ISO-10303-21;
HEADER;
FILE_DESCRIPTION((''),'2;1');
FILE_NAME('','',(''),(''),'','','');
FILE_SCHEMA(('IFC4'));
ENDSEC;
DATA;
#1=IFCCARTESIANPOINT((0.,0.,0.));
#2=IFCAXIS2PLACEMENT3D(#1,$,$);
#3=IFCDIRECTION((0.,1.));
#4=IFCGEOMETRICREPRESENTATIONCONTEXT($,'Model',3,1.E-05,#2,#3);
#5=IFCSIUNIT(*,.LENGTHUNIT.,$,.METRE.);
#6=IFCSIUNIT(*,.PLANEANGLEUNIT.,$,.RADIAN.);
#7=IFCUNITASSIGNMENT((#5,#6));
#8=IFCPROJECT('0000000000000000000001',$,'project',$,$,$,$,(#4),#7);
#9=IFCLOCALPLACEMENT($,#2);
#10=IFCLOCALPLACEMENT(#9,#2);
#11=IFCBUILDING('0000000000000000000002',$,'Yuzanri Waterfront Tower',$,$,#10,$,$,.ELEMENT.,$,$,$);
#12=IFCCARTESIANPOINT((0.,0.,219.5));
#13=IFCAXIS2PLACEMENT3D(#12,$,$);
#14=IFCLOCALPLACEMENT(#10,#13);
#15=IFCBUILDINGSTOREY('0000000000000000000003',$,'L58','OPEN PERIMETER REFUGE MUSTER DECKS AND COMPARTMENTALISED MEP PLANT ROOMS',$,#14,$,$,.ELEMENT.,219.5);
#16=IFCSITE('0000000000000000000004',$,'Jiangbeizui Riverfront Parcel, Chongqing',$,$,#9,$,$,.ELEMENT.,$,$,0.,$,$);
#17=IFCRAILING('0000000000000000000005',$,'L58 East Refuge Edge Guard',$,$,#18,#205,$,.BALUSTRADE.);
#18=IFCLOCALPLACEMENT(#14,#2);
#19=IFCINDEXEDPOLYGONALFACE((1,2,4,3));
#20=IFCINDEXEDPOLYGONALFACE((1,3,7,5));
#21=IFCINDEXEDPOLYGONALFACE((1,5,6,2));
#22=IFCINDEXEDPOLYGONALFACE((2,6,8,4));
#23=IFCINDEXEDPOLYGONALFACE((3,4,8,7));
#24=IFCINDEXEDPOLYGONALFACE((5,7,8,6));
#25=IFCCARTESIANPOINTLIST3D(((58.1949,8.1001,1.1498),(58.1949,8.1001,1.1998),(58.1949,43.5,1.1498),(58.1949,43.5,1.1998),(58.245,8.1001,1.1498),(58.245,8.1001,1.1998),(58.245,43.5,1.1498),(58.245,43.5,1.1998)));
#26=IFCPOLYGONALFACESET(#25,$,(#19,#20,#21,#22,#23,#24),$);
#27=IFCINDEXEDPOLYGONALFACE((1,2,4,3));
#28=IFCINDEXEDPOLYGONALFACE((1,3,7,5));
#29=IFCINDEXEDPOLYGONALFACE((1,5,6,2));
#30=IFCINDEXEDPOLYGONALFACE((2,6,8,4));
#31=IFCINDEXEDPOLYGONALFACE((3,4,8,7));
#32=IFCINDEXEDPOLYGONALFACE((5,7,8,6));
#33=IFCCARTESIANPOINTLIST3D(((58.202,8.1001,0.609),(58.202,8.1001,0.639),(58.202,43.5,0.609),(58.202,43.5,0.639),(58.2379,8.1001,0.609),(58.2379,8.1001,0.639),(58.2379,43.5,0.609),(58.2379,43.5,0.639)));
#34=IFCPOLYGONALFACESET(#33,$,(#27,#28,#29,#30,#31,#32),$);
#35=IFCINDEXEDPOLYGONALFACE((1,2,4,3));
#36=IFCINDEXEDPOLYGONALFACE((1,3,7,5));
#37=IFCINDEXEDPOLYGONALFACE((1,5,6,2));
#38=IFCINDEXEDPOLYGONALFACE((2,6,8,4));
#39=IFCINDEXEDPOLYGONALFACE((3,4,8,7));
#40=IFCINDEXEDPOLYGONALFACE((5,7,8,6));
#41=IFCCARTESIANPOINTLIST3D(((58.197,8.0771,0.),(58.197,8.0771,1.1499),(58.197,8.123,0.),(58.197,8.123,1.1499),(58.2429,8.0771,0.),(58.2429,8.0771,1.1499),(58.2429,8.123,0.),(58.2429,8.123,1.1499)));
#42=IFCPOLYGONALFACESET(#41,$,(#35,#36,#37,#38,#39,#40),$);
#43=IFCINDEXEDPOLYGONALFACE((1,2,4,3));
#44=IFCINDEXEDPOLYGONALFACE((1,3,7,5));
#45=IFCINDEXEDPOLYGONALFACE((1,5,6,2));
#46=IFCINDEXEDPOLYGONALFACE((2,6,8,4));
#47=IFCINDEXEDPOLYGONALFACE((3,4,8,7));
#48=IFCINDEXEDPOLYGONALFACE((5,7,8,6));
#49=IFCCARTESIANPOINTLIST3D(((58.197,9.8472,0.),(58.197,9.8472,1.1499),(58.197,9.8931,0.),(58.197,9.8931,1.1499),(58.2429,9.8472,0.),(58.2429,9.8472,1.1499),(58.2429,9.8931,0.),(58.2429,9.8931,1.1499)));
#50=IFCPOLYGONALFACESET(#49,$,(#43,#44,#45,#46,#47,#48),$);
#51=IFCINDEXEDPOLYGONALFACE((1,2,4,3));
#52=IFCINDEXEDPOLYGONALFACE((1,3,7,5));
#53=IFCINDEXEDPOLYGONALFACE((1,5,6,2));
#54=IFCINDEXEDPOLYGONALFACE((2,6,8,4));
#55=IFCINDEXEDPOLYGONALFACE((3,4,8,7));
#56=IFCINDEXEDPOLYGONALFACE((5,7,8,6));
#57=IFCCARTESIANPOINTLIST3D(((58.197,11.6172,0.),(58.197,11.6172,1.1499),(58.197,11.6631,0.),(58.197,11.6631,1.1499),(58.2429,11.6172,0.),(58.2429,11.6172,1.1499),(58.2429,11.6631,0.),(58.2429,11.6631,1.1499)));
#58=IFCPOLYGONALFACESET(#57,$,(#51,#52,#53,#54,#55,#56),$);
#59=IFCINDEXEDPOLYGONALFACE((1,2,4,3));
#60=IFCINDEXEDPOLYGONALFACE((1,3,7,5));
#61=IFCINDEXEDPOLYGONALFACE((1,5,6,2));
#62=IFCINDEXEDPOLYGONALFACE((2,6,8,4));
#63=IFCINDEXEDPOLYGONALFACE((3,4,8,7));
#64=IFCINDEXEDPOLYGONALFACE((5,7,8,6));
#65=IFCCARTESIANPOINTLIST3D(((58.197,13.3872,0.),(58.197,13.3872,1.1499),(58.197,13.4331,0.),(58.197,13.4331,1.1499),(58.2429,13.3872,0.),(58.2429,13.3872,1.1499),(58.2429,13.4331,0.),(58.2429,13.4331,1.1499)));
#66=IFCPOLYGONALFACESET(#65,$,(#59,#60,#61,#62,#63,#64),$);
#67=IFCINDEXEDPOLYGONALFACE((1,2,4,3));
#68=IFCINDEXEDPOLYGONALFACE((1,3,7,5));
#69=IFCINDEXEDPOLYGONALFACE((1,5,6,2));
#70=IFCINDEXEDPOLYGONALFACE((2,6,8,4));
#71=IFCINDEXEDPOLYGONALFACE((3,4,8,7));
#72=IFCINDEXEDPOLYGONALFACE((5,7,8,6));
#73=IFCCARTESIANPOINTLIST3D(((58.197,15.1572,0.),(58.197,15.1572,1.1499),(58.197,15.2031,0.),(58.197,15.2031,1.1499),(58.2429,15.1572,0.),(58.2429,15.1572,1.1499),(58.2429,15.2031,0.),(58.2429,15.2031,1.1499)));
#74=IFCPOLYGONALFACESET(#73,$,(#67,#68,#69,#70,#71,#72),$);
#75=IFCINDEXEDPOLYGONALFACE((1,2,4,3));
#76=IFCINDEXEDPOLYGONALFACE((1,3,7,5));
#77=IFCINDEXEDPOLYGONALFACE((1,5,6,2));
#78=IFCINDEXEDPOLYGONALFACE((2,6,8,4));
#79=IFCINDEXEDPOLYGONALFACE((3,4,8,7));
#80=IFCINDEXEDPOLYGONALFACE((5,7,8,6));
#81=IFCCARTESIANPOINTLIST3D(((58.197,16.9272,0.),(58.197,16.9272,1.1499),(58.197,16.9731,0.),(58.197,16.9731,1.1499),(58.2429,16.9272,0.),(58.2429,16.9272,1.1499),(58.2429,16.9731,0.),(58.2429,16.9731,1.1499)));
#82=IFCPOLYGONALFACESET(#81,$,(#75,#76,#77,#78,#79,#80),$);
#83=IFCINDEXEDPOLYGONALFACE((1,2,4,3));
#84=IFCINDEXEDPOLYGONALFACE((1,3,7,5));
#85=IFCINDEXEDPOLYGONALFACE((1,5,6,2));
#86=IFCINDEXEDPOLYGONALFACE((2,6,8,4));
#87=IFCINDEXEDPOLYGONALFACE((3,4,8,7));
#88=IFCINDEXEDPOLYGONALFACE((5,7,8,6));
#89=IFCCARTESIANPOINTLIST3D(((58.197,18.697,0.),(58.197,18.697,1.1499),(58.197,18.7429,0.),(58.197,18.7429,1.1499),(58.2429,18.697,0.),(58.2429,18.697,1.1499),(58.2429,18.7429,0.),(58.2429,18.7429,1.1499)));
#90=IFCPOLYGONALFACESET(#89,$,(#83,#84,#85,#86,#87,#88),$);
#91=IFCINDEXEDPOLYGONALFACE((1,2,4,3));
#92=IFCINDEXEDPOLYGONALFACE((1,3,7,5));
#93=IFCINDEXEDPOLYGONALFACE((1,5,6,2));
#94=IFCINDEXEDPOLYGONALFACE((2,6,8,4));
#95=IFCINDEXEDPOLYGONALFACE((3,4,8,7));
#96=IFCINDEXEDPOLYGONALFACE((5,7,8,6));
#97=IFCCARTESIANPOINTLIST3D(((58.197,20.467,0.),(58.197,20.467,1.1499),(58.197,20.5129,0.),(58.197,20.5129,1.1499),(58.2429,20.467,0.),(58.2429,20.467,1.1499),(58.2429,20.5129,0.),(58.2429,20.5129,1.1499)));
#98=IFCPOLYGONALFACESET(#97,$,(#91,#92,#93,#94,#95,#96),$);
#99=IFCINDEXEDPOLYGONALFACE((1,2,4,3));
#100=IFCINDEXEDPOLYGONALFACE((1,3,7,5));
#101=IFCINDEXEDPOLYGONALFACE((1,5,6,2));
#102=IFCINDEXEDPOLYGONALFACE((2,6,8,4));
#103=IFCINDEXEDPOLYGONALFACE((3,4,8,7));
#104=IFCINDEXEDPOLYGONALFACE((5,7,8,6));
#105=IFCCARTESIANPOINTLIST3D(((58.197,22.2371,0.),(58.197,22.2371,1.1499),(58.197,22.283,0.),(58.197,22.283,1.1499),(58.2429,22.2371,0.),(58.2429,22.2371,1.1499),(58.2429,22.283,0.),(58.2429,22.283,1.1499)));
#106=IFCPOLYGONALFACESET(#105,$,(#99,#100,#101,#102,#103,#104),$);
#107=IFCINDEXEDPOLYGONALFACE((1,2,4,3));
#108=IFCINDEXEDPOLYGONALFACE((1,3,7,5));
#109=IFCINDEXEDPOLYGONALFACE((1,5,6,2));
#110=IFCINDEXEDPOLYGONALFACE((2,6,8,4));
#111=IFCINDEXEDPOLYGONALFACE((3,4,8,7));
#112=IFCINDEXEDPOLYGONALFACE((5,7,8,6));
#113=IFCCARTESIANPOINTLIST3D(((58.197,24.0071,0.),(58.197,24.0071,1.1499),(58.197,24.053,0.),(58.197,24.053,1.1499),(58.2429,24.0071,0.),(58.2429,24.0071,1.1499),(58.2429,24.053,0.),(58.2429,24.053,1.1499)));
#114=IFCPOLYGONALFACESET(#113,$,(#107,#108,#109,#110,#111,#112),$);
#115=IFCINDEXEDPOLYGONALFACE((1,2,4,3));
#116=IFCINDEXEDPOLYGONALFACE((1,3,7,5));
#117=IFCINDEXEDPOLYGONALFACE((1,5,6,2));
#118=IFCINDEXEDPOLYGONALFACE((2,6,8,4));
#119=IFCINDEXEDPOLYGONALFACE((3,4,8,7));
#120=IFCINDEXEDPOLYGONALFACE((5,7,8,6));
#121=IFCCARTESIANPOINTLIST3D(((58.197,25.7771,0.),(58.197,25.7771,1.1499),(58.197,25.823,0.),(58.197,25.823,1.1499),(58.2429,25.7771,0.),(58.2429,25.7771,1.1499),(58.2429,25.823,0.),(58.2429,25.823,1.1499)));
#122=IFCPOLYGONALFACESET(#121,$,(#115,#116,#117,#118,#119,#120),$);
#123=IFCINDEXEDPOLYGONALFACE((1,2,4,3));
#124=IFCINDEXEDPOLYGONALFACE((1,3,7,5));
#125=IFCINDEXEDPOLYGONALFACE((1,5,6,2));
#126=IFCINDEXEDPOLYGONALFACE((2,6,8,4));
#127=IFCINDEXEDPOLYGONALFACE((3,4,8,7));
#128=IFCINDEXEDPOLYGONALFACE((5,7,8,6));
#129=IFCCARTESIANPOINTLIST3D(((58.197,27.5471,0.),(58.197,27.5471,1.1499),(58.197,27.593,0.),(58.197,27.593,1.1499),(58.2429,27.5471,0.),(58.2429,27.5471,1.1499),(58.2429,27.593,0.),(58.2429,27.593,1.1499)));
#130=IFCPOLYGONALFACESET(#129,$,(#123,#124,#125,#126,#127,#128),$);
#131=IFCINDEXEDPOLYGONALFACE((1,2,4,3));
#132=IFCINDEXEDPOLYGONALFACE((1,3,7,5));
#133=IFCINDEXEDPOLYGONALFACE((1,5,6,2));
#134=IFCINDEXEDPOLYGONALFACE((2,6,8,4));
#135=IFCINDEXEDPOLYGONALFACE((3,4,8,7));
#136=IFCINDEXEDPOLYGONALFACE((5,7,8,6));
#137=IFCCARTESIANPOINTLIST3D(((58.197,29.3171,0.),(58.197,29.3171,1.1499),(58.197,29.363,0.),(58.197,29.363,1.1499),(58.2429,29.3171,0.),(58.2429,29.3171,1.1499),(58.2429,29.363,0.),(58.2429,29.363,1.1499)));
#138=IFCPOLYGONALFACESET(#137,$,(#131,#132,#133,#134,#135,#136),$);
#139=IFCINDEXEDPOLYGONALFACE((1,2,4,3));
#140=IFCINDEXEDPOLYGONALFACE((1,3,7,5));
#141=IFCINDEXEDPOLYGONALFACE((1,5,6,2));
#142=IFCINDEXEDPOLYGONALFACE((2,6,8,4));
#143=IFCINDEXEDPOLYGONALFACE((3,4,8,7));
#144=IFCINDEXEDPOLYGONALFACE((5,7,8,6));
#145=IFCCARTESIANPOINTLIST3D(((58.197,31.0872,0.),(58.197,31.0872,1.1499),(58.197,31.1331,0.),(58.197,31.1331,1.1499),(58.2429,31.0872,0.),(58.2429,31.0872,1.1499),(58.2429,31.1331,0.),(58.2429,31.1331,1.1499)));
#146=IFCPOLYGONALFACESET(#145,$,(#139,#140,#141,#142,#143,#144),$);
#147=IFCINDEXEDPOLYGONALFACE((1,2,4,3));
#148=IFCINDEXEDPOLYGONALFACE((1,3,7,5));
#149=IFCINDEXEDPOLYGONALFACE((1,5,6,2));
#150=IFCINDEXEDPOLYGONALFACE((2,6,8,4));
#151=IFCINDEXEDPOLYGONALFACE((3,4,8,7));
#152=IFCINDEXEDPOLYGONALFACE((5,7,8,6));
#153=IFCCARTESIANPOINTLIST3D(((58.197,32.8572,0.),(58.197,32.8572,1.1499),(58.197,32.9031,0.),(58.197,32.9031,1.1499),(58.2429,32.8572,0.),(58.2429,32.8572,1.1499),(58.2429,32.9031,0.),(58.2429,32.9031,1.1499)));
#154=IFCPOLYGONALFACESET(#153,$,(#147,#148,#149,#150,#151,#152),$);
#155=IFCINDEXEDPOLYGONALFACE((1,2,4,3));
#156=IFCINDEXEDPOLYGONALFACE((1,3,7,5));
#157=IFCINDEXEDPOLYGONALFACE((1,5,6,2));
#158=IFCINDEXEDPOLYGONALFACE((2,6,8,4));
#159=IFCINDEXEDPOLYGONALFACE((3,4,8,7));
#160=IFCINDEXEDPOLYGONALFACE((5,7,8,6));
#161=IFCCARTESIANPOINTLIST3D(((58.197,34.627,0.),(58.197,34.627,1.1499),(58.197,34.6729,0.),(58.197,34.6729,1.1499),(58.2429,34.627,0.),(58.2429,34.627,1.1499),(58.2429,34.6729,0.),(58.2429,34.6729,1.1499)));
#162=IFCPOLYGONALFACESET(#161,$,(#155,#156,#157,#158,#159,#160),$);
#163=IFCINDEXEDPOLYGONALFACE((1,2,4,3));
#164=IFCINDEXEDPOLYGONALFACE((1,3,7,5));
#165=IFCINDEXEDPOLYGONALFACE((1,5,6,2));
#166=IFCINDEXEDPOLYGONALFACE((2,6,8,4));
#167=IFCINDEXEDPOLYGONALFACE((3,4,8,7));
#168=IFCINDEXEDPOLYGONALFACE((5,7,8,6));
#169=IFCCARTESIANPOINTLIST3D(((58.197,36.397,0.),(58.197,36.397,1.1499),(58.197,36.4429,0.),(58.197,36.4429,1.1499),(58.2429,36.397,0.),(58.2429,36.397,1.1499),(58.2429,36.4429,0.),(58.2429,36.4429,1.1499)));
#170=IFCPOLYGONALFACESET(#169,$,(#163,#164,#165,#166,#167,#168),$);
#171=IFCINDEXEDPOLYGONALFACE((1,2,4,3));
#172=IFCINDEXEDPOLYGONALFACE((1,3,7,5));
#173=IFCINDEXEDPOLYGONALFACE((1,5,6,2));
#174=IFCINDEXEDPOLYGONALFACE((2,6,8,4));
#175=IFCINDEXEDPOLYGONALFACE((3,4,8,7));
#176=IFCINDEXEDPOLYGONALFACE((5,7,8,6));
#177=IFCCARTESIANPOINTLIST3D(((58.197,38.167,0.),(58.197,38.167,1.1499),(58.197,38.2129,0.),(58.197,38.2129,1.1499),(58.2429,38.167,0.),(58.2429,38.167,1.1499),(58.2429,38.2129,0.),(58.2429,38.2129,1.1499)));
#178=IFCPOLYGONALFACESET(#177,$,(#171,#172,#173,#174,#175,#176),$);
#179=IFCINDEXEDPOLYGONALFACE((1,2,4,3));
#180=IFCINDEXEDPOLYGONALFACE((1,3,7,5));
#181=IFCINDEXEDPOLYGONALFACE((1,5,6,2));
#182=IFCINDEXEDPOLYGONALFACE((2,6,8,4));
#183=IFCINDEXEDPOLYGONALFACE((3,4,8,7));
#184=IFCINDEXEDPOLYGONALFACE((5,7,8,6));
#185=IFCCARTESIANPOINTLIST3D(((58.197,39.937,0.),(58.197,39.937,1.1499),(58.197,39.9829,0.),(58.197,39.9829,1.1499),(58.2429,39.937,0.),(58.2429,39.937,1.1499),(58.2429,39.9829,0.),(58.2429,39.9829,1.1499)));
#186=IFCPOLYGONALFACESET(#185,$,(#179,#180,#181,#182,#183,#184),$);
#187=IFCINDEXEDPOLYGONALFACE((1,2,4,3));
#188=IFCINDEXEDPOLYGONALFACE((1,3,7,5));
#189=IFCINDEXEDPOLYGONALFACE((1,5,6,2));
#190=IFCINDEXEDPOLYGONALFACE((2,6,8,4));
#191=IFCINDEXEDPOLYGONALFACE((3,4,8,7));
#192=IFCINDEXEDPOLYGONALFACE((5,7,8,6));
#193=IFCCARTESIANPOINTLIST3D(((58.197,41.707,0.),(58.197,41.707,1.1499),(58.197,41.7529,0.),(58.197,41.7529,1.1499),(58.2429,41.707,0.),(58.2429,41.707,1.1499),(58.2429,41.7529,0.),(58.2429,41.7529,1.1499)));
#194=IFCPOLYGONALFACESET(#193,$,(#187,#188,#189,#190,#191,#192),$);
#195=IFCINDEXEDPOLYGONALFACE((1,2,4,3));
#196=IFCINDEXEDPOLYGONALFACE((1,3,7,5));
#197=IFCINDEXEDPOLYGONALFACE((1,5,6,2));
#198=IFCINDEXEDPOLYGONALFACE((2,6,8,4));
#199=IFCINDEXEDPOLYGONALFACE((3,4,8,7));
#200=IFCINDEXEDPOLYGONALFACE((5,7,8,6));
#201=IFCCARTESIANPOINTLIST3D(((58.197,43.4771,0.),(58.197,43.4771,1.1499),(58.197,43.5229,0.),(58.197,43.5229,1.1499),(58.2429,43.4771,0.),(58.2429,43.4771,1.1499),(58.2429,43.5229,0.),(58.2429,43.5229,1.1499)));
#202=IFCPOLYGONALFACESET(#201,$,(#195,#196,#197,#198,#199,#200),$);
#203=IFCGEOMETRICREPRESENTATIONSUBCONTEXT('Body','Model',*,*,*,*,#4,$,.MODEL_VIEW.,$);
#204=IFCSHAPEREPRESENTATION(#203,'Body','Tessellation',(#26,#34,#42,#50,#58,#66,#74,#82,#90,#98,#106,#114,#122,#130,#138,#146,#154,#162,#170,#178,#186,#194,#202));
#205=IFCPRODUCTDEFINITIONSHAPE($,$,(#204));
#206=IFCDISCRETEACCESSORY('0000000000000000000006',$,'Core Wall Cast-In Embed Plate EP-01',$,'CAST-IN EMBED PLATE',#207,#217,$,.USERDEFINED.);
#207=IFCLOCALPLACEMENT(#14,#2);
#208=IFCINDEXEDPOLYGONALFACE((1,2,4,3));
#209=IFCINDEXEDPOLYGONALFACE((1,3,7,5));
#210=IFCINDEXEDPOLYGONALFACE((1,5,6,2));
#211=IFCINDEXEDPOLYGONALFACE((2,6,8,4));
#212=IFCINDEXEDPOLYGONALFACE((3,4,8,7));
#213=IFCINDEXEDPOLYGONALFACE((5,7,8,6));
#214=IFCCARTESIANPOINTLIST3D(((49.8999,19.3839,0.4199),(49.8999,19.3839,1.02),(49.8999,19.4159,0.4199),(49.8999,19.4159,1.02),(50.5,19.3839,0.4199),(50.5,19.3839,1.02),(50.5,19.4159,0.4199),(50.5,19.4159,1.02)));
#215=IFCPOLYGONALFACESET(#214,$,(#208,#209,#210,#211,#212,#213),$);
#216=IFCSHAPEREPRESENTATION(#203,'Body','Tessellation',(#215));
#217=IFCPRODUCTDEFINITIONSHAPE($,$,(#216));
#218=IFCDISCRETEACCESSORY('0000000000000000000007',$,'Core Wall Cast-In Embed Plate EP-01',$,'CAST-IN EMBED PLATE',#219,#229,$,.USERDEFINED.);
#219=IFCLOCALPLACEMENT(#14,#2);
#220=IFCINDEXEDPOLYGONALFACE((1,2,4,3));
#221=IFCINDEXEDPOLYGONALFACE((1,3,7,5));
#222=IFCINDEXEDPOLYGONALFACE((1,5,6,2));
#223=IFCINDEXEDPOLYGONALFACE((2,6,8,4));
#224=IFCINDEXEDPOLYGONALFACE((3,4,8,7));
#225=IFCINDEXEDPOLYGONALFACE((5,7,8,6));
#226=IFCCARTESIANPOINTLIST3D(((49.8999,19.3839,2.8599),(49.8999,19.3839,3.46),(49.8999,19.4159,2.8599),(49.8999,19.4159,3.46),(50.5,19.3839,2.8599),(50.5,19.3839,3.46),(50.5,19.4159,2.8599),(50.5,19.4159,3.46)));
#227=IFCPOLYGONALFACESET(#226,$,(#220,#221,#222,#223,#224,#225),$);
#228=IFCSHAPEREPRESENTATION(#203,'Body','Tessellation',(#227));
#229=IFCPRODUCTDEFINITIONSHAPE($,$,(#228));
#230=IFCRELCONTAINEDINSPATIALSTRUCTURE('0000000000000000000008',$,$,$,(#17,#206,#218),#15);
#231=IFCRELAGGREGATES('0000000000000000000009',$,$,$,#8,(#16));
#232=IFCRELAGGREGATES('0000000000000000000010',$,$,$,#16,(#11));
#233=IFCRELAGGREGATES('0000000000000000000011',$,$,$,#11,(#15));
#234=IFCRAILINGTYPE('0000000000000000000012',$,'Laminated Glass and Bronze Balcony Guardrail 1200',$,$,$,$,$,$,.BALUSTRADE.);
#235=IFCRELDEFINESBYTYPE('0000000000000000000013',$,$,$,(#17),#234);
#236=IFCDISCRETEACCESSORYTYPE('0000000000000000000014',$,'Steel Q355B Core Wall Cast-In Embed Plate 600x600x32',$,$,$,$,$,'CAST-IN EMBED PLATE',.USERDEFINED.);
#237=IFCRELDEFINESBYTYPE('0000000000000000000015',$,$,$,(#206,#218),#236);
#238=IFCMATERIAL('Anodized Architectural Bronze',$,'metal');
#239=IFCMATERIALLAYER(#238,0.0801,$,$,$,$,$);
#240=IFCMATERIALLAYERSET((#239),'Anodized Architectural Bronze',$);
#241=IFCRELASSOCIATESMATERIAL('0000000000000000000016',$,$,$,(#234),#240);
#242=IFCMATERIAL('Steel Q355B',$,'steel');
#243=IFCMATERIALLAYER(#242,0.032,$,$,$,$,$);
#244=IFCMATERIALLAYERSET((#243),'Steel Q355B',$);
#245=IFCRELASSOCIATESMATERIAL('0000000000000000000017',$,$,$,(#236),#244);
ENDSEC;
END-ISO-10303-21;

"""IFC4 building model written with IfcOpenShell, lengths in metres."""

from ifc_helpers import new_model, si_unit, direction, frame, origin, origin_2d, place, context, subcontext, project, spatial, rectangle, extrude, source, transform, mapped, material, layer, layer_set, type_object, element, save


model = new_model("IFC4")

# Units and contexts
model_context = context("Model", 3, precision=1e-05, world=origin(), true_north=direction((0.0, 1.0)))
body_context = subcontext(model_context, "Body", "Model", "MODEL_VIEW")
ifc_project = project(units=[si_unit("LENGTHUNIT", "METRE"), si_unit("PLANEANGLEUNIT", "RADIAN")], contexts=[model_context])

# Site, building, storey
site_placement = place(None, origin())
site = spatial("IfcSite", under=ifc_project, at=site_placement, Name="Jiangbeizui Riverfront Parcel, Chongqing", CompositionType="ELEMENT", RefElevation=0.0)
building_placement = place(site_placement, origin())
building = spatial("IfcBuilding", under=site, at=building_placement, Name="Yuzanri Waterfront Tower", CompositionType="ELEMENT")
storey_placement = place(building_placement, frame((0.0, 0.0, 219.5)))
storey = spatial("IfcBuildingStorey", under=building, at=storey_placement, Name="L58", Description="OPEN PERIMETER REFUGE MUSTER DECKS AND COMPARTMENTALISED MEP PLANT ROOMS", CompositionType="ELEMENT", Elevation=219.5)

# Railing
ifc_material_1 = material(Name="Anodized Architectural Bronze", Category="metal")
ifc_layer_1 = layer(ifc_material_1, 0.0801)
ifc_layer_set_1 = layer_set([ifc_layer_1], Name="Anodized Architectural Bronze")
railing_type = type_object("IfcRailingType", Name="Laminated Glass and Bronze Balcony Guardrail 1200", PredefinedType="BALUSTRADE", material=ifc_layer_set_1)
shared_shape_1 = source(origin(), body_context, "Body", "SweptSolid", [
    extrude(rectangle(XDim=0.05, YDim=0.05, at=origin_2d()), frame((0.0, 0.0, 1.1748), z_axis=(0.0, 1.0, 0.0), x_axis=(-1.0, 0.0, 0.0)), (0.0, 0.0, 1.0), 35.3999),
    extrude(rectangle(XDim=0.0359, YDim=0.03, at=origin_2d()), frame((0.0, 0.0, 0.624), z_axis=(0.0, 1.0, 0.0), x_axis=(-1.0, 0.0, 0.0)), (0.0, 0.0, 1.0), 35.3999),
    extrude(rectangle(XDim=0.0459, YDim=0.0459, at=origin_2d()), origin(), (0.0, 0.0, 1.0), 1.1499),
    extrude(rectangle(XDim=0.0459, YDim=0.0459, at=origin_2d()), frame((0.0, 1.77, 0.0)), (0.0, 0.0, 1.0), 1.1499),
    extrude(rectangle(XDim=0.0459, YDim=0.0459, at=origin_2d()), frame((0.0, 3.54, 0.0)), (0.0, 0.0, 1.0), 1.1499),
    extrude(rectangle(XDim=0.0459, YDim=0.0459, at=origin_2d()), frame((0.0, 5.3101, 0.0)), (0.0, 0.0, 1.0), 1.1499),
    extrude(rectangle(XDim=0.0459, YDim=0.0459, at=origin_2d()), frame((0.0, 7.0801, 0.0)), (0.0, 0.0, 1.0), 1.1499),
    extrude(rectangle(XDim=0.0459, YDim=0.0459, at=origin_2d()), frame((0.0, 8.8501, 0.0)), (0.0, 0.0, 1.0), 1.1499),
    extrude(rectangle(XDim=0.0459, YDim=0.0459, at=origin_2d()), frame((0.0, 10.6199, 0.0)), (0.0, 0.0, 1.0), 1.1499),
    extrude(rectangle(XDim=0.0459, YDim=0.0459, at=origin_2d()), frame((0.0, 12.3899, 0.0)), (0.0, 0.0, 1.0), 1.1499),
    extrude(rectangle(XDim=0.0459, YDim=0.0459, at=origin_2d()), frame((0.0, 14.1599, 0.0)), (0.0, 0.0, 1.0), 1.1499),
    extrude(rectangle(XDim=0.0459, YDim=0.0459, at=origin_2d()), frame((0.0, 15.9299, 0.0)), (0.0, 0.0, 1.0), 1.1499),
    extrude(rectangle(XDim=0.0459, YDim=0.0459, at=origin_2d()), frame((0.0, 17.7, 0.0)), (0.0, 0.0, 1.0), 1.1499),
    extrude(rectangle(XDim=0.0459, YDim=0.0459, at=origin_2d()), frame((0.0, 19.47, 0.0)), (0.0, 0.0, 1.0), 1.1499),
    extrude(rectangle(XDim=0.0459, YDim=0.0459, at=origin_2d()), frame((0.0, 21.24, 0.0)), (0.0, 0.0, 1.0), 1.1499),
    extrude(rectangle(XDim=0.0459, YDim=0.0459, at=origin_2d()), frame((0.0, 23.01, 0.0)), (0.0, 0.0, 1.0), 1.1499),
    extrude(rectangle(XDim=0.0459, YDim=0.0459, at=origin_2d()), frame((0.0, 24.78, 0.0)), (0.0, 0.0, 1.0), 1.1499),
    extrude(rectangle(XDim=0.0459, YDim=0.0459, at=origin_2d()), frame((0.0, 26.5498, 0.0)), (0.0, 0.0, 1.0), 1.1499),
    extrude(rectangle(XDim=0.0459, YDim=0.0459, at=origin_2d()), frame((0.0, 28.3198, 0.0)), (0.0, 0.0, 1.0), 1.1499),
    extrude(rectangle(XDim=0.0459, YDim=0.0459, at=origin_2d()), frame((0.0, 30.0898, 0.0)), (0.0, 0.0, 1.0), 1.1499),
    extrude(rectangle(XDim=0.0459, YDim=0.0459, at=origin_2d()), frame((0.0, 31.8599, 0.0)), (0.0, 0.0, 1.0), 1.1499),
    extrude(rectangle(XDim=0.0459, YDim=0.0459, at=origin_2d()), frame((0.0, 33.6299, 0.0)), (0.0, 0.0, 1.0), 1.1499),
    extrude(rectangle(XDim=0.0459, YDim=0.0459, at=origin_2d()), frame((0.0, 35.3999, 0.0)), (0.0, 0.0, 1.0), 1.1499),
])
railing_placement = place(storey_placement, frame((58.22, 8.1001, 0.0)))
element("IfcRailing", 1, at=railing_placement, inside=storey, type_object=railing_type, Name="L58 East Refuge Edge Guard", PredefinedType="BALUSTRADE", context=body_context, shape_type="MappedRepresentation", body=[
    mapped(shared_shape_1, transform((0.0, 0.0, 0.0), scale=1.0)),
])

# Discrete accessories
ifc_material_2 = material(Name="Steel Q355B", Category="steel")
ifc_layer_2 = layer(ifc_material_2, 0.032)
ifc_layer_set_2 = layer_set([ifc_layer_2], Name="Steel Q355B")
discrete_accessory_type = type_object("IfcDiscreteAccessoryType", Name="Steel Q355B Core Wall Cast-In Embed Plate 600x600x32", ElementType="CAST-IN EMBED PLATE", PredefinedType="USERDEFINED", material=ifc_layer_set_2)
shared_shape_2 = source(origin(), body_context, "Body", "SweptSolid", [
    extrude(rectangle(XDim=0.6001, YDim=0.032, at=origin_2d()), origin(), (0.0, 0.0, 1.0), 0.6001),
])
for number, where, z_axis, x_axis, name in (
    (2, (50.2, 19.3999, 0.4199), (0.0, 0.0, 1.0), (1.0, 0.0, 0.0), "Core Wall Cast-In Embed Plate EP-01"),
    (3, (50.2, 19.3999, 2.8599), (0.0, 0.0, 1.0), (1.0, 0.0, 0.0), "Core Wall Cast-In Embed Plate EP-01"),
):
    element("IfcDiscreteAccessory", number, at=place(storey_placement, frame(where, z_axis=z_axis, x_axis=x_axis)), inside=storey, type_object=discrete_accessory_type, Name=name, ObjectType="CAST-IN EMBED PLATE", PredefinedType="USERDEFINED", context=body_context, shape_type="MappedRepresentation", body=[
        mapped(shared_shape_2, transform((0.0, 0.0, 0.0), scale=1.0)),
    ])

save(model, "model.ifc")
